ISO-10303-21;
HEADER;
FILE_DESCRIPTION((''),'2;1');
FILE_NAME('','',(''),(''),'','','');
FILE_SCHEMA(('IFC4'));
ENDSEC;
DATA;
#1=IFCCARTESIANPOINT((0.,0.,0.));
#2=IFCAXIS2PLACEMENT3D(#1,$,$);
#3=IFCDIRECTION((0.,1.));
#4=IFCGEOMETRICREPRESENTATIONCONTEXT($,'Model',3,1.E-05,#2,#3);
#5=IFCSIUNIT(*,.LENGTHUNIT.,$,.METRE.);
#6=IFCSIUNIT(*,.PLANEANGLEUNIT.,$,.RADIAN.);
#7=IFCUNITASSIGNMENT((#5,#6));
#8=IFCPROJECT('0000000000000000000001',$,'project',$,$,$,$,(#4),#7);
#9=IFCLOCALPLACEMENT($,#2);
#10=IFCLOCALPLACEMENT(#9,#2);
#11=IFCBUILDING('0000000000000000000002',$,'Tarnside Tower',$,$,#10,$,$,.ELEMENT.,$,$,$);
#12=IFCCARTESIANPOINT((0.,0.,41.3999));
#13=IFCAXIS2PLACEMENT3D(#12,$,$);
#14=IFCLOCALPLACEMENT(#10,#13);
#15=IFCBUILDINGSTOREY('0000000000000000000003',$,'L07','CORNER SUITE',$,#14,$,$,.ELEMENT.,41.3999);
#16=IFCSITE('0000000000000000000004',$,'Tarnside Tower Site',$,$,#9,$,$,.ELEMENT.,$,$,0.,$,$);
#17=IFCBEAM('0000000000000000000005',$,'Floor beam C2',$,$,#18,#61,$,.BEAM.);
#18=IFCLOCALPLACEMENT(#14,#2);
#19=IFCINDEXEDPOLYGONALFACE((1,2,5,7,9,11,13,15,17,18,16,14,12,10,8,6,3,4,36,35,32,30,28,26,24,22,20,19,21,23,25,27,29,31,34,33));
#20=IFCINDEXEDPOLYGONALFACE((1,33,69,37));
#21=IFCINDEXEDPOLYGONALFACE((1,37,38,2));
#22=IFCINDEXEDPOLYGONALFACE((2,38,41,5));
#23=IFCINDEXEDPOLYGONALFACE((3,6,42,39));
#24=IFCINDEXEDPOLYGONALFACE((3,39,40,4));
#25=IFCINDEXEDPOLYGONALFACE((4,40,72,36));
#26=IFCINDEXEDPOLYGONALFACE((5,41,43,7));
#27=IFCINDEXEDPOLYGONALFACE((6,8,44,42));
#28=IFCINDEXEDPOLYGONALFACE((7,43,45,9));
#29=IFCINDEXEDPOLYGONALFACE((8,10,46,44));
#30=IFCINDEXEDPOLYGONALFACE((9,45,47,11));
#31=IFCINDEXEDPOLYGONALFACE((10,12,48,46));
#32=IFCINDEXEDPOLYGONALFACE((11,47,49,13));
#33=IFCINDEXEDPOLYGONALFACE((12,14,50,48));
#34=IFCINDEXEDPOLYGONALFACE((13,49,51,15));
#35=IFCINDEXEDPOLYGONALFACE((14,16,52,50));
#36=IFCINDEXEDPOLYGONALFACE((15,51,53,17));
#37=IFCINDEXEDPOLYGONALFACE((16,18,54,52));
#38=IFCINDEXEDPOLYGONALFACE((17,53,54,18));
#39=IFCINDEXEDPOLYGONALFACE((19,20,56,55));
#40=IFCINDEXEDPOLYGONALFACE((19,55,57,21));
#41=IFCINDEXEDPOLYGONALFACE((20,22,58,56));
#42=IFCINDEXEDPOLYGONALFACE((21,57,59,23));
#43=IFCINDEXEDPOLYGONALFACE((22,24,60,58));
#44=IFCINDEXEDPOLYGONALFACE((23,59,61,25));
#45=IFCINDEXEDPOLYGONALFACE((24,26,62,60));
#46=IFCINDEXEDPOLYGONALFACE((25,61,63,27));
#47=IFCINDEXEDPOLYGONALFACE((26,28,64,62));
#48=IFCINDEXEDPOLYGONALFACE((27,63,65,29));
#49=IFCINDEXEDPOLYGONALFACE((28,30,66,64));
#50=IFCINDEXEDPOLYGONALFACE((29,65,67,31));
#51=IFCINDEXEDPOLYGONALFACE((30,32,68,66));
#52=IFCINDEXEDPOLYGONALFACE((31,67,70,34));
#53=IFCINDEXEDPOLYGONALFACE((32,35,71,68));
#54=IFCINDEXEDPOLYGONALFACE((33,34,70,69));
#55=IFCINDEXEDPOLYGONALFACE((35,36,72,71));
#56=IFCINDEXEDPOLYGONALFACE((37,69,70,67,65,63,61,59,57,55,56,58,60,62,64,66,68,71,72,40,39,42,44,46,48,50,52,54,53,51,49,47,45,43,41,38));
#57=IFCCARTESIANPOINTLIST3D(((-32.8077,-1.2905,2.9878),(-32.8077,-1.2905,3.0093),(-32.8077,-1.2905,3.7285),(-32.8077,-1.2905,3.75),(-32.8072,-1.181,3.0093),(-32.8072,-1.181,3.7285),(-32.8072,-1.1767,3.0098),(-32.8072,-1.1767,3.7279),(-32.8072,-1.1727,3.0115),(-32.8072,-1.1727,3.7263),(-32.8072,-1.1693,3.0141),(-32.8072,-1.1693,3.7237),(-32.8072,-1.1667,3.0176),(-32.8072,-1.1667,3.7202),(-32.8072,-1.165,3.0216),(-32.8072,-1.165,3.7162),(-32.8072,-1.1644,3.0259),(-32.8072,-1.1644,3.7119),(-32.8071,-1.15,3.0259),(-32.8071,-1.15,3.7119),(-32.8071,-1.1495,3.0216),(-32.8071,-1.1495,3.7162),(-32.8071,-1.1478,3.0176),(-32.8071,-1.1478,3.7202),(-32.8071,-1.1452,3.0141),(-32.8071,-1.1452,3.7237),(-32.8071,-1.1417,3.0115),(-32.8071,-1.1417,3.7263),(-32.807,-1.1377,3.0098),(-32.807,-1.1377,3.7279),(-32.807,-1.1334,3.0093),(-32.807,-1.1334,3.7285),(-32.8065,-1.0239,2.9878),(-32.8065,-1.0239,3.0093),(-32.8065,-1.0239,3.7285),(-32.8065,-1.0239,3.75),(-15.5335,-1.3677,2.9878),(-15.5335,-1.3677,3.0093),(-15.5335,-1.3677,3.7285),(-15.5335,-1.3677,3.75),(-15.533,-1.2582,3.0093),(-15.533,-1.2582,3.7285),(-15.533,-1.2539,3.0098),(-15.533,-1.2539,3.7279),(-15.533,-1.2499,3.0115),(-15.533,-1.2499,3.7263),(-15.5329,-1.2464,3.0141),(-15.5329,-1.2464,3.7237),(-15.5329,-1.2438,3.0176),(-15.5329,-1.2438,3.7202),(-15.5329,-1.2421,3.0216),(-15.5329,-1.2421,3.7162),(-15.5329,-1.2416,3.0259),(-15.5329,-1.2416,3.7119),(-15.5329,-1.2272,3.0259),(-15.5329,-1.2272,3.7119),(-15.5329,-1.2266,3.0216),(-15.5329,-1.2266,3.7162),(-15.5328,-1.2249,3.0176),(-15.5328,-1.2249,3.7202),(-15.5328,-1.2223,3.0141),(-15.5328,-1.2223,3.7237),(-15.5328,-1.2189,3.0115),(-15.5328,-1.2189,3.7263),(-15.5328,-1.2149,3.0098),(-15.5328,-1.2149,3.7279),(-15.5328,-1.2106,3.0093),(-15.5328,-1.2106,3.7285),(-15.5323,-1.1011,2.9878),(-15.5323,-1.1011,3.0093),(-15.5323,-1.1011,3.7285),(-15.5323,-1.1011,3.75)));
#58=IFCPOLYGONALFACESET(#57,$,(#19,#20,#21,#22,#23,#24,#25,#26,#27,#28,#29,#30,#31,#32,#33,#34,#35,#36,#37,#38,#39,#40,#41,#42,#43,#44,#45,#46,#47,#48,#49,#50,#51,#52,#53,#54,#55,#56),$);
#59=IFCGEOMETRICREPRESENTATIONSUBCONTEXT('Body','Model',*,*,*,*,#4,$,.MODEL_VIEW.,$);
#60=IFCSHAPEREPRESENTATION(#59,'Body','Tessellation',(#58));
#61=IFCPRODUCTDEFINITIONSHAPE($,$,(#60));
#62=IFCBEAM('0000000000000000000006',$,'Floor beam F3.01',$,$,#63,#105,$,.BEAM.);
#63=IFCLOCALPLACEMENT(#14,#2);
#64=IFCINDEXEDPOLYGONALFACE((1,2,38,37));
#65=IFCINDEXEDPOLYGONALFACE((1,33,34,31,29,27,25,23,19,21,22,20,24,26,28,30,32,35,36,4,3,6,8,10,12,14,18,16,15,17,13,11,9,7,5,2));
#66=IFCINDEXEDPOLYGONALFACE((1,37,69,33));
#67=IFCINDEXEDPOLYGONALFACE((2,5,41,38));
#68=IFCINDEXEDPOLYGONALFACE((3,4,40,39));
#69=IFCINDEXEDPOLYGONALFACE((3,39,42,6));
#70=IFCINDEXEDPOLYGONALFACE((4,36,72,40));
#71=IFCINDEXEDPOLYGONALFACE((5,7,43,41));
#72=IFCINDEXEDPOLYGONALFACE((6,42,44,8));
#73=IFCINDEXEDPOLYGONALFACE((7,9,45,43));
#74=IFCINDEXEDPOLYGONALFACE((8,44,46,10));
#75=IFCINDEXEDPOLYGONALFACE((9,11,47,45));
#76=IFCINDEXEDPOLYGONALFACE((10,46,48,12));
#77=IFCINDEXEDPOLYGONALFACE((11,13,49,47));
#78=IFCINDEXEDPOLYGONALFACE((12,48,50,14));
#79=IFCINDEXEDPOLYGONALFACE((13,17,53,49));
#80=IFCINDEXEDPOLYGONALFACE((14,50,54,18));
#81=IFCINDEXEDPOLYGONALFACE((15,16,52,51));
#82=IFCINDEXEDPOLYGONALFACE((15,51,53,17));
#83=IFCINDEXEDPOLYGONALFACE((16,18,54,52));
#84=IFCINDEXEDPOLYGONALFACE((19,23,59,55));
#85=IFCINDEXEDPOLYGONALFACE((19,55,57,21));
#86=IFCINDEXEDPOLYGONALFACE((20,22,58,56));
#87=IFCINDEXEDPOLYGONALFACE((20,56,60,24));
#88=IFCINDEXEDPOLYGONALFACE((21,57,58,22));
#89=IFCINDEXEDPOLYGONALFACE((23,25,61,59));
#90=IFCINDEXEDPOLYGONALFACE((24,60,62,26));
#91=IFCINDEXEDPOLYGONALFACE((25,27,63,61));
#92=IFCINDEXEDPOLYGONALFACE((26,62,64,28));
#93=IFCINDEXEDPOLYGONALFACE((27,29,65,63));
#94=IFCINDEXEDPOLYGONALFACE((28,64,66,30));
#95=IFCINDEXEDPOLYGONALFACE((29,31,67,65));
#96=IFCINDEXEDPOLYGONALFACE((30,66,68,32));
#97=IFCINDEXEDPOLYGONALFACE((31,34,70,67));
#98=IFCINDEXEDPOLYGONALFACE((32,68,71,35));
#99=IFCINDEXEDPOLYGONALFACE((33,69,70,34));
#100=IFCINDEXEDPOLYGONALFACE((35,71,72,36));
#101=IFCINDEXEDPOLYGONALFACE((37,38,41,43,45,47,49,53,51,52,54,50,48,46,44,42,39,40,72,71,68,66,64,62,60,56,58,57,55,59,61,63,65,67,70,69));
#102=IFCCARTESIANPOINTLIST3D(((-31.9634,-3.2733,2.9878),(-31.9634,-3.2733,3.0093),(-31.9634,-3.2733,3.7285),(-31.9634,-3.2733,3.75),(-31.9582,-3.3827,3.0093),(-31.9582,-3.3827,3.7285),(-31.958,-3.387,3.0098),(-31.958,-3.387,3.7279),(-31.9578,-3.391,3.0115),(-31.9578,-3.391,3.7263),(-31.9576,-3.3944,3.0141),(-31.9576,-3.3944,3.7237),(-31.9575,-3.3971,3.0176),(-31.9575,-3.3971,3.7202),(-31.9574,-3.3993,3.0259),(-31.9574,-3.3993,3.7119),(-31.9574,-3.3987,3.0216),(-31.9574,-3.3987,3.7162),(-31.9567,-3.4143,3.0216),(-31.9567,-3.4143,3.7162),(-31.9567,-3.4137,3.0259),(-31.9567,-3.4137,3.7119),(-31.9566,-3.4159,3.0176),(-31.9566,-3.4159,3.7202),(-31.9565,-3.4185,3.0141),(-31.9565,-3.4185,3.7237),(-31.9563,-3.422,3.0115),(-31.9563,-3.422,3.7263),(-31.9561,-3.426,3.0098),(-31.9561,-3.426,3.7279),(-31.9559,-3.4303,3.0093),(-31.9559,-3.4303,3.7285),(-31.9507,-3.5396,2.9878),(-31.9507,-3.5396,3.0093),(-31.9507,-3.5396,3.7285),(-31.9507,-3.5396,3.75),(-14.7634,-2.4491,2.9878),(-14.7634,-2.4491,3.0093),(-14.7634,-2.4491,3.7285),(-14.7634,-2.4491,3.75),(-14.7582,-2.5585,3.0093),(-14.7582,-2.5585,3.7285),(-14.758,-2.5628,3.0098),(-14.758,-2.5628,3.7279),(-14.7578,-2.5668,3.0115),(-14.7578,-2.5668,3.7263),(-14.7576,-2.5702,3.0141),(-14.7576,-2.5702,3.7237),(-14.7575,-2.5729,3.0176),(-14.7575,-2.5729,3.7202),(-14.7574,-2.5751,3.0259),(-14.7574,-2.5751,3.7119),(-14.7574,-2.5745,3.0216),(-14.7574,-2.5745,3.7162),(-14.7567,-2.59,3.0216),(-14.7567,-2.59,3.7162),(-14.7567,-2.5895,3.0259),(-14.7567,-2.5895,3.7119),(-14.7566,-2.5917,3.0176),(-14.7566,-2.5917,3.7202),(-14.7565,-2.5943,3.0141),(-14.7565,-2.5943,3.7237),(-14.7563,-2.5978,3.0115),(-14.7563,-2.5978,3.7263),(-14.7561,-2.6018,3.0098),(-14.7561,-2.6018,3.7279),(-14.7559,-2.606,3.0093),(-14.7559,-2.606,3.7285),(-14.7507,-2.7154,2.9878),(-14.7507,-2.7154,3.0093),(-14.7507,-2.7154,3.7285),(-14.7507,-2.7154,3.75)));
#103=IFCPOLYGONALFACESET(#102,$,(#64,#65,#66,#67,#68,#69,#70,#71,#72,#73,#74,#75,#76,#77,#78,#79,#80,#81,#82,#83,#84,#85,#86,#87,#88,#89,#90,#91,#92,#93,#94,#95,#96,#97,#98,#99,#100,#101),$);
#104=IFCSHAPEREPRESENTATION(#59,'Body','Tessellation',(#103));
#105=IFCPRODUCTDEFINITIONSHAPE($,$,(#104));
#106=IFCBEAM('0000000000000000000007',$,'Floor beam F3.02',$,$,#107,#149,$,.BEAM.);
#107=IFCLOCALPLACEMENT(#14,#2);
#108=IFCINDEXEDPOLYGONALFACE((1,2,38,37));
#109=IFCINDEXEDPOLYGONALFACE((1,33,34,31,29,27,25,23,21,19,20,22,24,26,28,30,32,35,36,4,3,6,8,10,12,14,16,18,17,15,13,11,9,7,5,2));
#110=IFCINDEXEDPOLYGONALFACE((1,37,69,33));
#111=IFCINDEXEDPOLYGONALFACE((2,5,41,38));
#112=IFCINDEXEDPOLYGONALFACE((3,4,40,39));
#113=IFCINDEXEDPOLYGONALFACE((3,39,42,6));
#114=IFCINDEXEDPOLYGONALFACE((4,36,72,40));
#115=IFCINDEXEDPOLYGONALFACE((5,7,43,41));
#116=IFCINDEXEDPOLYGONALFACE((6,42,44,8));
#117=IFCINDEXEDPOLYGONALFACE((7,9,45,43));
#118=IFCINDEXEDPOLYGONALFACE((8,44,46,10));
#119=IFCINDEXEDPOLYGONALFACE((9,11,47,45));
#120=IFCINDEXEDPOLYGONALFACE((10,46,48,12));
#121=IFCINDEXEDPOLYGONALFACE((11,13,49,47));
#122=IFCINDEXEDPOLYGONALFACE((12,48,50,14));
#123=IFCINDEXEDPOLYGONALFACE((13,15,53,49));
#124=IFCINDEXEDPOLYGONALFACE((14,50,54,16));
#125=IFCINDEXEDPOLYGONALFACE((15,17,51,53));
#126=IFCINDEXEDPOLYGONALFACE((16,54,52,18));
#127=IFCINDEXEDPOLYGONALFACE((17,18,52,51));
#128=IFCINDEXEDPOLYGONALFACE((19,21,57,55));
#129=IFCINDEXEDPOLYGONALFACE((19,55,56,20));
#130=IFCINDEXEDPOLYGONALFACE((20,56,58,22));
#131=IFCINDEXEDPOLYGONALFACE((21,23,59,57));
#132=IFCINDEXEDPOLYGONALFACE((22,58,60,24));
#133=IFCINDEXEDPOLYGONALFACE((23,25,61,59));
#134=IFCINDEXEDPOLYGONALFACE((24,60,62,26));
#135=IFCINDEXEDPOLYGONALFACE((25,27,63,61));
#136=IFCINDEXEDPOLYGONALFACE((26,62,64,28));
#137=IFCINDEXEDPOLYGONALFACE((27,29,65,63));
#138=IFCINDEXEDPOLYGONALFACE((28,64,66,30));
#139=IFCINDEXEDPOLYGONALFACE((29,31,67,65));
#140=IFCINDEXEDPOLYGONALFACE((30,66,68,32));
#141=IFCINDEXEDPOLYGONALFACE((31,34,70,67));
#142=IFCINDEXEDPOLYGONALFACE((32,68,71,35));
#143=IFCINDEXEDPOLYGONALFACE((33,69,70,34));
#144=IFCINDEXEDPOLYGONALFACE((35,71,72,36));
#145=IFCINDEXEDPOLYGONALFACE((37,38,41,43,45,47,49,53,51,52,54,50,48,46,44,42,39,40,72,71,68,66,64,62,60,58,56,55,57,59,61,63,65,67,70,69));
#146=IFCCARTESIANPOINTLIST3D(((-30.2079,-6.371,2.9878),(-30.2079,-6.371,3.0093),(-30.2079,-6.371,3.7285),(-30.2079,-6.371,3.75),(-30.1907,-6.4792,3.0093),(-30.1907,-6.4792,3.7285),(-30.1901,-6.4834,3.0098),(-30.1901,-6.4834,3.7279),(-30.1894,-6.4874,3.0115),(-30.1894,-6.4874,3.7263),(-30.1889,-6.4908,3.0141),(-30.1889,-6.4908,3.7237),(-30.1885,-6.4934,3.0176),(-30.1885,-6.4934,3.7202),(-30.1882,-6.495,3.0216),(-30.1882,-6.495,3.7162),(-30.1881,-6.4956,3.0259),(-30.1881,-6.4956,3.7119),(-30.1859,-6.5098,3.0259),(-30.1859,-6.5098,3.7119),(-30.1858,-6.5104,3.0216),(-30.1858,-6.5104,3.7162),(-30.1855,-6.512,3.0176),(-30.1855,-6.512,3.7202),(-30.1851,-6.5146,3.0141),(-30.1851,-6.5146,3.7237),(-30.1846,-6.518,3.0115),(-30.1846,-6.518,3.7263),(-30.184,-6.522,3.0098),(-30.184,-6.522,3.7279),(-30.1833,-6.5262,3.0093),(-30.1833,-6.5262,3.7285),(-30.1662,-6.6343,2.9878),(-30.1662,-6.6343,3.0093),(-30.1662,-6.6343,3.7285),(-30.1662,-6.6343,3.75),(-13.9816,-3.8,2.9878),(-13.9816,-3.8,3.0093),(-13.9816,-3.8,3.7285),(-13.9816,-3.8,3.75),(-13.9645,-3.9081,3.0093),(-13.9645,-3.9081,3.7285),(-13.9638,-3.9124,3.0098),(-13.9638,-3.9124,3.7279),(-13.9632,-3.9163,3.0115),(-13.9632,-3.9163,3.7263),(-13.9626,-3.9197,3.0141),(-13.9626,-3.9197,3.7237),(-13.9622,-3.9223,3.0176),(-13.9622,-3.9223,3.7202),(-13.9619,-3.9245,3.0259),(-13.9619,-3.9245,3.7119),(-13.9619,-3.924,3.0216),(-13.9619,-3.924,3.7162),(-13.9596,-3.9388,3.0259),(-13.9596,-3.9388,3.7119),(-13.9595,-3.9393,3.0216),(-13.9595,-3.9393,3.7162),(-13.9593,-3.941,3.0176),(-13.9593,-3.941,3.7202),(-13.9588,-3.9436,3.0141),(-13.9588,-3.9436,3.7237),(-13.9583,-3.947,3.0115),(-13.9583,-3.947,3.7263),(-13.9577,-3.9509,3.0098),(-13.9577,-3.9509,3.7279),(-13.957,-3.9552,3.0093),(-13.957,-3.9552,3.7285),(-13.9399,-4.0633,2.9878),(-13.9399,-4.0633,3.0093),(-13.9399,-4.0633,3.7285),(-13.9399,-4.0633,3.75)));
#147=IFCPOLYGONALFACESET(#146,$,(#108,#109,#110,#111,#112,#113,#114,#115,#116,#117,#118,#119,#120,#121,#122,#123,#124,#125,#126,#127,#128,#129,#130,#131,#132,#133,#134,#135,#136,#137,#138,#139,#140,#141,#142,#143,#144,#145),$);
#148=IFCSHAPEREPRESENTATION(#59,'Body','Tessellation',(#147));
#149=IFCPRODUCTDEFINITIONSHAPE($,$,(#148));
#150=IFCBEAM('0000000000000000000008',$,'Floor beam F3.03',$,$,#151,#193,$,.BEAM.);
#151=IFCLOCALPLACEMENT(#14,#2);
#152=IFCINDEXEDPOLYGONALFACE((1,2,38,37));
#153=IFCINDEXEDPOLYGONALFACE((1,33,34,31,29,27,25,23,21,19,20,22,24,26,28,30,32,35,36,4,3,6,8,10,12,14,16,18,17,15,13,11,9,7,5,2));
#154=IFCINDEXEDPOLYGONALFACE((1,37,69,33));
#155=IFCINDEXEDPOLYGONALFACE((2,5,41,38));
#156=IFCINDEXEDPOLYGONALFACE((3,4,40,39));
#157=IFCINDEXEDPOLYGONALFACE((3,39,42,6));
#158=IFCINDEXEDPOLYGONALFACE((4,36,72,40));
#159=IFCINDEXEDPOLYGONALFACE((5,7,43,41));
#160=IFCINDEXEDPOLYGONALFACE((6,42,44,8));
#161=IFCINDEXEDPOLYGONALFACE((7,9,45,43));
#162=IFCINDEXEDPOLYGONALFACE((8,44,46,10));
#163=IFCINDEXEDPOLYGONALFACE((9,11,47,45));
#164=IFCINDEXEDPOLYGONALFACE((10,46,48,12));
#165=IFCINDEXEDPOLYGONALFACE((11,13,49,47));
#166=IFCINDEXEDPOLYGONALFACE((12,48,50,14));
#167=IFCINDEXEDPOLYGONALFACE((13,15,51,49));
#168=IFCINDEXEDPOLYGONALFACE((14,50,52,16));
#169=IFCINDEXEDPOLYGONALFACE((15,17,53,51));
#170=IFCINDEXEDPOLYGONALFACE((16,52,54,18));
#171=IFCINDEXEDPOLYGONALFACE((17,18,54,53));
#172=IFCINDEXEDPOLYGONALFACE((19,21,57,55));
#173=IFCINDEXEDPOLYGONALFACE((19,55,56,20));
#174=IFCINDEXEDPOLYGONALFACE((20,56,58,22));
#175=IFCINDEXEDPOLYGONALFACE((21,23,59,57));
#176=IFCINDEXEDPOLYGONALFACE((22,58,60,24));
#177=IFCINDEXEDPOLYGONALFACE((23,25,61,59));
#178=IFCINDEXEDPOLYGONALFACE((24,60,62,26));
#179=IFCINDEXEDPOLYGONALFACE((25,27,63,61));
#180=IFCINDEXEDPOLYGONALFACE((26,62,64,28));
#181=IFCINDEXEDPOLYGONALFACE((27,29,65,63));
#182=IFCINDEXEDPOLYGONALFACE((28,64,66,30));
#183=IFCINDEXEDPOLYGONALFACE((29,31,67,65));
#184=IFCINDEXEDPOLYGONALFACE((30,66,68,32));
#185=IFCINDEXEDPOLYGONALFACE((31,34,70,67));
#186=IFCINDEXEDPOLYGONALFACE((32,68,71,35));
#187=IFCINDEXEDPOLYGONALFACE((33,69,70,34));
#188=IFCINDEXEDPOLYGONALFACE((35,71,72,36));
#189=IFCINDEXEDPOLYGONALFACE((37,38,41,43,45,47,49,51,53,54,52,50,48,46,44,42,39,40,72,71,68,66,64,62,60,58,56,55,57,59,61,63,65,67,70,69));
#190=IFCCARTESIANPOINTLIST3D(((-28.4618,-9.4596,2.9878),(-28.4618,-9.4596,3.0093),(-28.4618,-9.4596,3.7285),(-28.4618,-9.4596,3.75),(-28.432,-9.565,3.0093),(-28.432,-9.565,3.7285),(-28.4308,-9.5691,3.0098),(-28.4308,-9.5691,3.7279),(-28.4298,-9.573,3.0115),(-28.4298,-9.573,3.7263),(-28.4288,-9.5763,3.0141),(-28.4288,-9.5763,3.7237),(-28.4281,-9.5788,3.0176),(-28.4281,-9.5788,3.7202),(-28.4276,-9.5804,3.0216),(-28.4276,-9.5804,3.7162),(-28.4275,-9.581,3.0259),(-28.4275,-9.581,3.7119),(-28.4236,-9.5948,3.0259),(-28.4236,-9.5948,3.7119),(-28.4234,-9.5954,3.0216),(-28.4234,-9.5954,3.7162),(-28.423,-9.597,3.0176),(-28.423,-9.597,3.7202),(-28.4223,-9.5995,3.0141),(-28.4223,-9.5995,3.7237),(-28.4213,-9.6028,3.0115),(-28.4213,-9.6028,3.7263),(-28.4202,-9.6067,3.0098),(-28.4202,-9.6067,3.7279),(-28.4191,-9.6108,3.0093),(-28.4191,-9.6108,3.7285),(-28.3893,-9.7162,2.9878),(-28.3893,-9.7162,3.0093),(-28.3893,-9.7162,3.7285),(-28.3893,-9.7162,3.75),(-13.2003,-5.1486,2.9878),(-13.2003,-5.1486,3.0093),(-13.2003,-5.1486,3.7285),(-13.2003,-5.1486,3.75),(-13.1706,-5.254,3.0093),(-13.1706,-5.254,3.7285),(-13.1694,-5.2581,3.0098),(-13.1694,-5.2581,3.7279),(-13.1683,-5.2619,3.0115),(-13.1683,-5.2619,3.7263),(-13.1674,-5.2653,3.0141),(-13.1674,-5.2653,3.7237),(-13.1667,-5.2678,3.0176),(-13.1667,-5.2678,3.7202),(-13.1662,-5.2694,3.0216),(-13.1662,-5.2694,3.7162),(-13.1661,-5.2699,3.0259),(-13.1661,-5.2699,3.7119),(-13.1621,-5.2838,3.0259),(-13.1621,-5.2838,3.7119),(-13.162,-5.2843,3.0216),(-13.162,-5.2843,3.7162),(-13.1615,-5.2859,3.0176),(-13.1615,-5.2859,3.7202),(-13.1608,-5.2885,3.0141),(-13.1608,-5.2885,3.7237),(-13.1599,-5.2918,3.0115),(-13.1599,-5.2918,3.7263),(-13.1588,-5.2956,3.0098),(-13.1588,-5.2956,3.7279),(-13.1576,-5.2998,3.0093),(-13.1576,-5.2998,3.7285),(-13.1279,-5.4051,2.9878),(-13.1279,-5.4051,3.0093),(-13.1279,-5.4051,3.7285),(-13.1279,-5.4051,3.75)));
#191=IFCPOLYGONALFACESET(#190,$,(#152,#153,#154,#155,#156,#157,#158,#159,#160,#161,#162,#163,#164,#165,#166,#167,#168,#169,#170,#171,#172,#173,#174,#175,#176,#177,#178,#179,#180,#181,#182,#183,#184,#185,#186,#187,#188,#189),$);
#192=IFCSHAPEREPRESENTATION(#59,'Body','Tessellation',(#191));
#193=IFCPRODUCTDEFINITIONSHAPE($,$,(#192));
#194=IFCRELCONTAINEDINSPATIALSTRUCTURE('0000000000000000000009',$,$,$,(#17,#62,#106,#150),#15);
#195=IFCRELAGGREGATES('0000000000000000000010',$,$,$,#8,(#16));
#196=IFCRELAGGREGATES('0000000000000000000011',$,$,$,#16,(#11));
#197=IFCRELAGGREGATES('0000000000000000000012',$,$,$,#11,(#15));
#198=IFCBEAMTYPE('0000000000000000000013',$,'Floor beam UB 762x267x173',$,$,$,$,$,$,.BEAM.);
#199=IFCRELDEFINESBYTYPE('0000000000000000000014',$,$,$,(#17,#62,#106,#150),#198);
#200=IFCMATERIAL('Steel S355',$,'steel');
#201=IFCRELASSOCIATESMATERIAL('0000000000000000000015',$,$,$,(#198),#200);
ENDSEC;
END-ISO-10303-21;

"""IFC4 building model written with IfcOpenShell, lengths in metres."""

from ifc_helpers import new_model, si_unit, direction, frame, origin, origin_2d, place, context, subcontext, project, spatial, i_section, extrude, material, material_profile, profile_set, type_object, element, save


model = new_model("IFC4")

# Units and contexts
model_context = context("Model", 3, precision=1e-05, world=origin(), true_north=direction((0.0, 1.0)))
body_context = subcontext(model_context, "Body", "Model", "MODEL_VIEW")
ifc_project = project(units=[si_unit("LENGTHUNIT", "METRE"), si_unit("PLANEANGLEUNIT", "RADIAN")], contexts=[model_context])

# Site, building, storey
site_placement = place(None, origin())
site = spatial("IfcSite", under=ifc_project, at=site_placement, Name="Tarnside Tower Site", CompositionType="ELEMENT", RefElevation=0.0)
building_placement = place(site_placement, origin())
building = spatial("IfcBuilding", under=site, at=building_placement, Name="Tarnside Tower", CompositionType="ELEMENT")
storey_placement = place(building_placement, frame((0.0, 0.0, 41.3999)))
storey = spatial("IfcBuildingStorey", under=building, at=storey_placement, Name="L07", Description="CORNER SUITE", CompositionType="ELEMENT", Elevation=41.3999)

# Beams
ifc_material_1 = material(Name="Steel S355", Category="steel")
ifc_material_profile = material_profile(ifc_material_1, i_section(OverallWidth=0.2666, OverallDepth=0.7622, WebThickness=0.0144, FlangeThickness=0.0215, FilletRadius=0.0166, at=origin_2d()), Name="UB 762x267x173")
ifc_profile_set = profile_set([ifc_material_profile], Name="Steel S355")
beam_type = type_object("IfcBeamType", Name="Floor beam UB 762x267x173", PredefinedType="BEAM", material=ifc_profile_set)
beam_1_placement = place(storey_placement, frame((-32.8071, -1.1572, 3.3689), z_axis=(0.99999, -0.004466, 0.0), x_axis=(0.004466, 0.99999, 0.0)))
element("IfcBeam", 1, at=beam_1_placement, inside=storey, type_object=beam_type, Name="Floor beam C2", PredefinedType="BEAM", context=body_context, shape_type="SweptSolid", body=[
    extrude(i_section(OverallWidth=0.2666, OverallDepth=0.7622, WebThickness=0.0144, FlangeThickness=0.0215, FilletRadius=0.0166, at=origin_2d()), origin(), (0.0, 0.0, 1.0), 17.2744),
])
beam_2_placement = place(storey_placement, frame((-31.957, -3.4065, 3.3689), z_axis=(0.998854, 0.047865, 0.0), x_axis=(-0.047865, 0.998854, 0.0)))
element("IfcBeam", 2, at=beam_2_placement, inside=storey, type_object=beam_type, Name="Floor beam F3.01", PredefinedType="BEAM", context=body_context, shape_type="SweptSolid", body=[
    extrude(i_section(OverallWidth=0.2666, OverallDepth=0.7622, WebThickness=0.0144, FlangeThickness=0.0215, FilletRadius=0.0166, at=origin_2d()), origin(), (0.0, 0.0, 1.0), 17.2197),
])
beam_3_placement = place(storey_placement, frame((-30.187, -6.5027, 3.3689), z_axis=(0.987678, 0.156497, 0.0), x_axis=(-0.156497, 0.987678, 0.0)))
element("IfcBeam", 3, at=beam_3_placement, inside=storey, type_object=beam_type, Name="Floor beam F3.02", PredefinedType="BEAM", context=body_context, shape_type="SweptSolid", body=[
    extrude(i_section(OverallWidth=0.2666, OverallDepth=0.7622, WebThickness=0.0144, FlangeThickness=0.0215, FilletRadius=0.0166, at=origin_2d()), origin(), (0.0, 0.0, 1.0), 16.4287),
])
beam_4_placement = place(storey_placement, frame((-28.4255, -9.5879, 3.3689), z_axis=(0.962342, 0.271841, 0.0), x_axis=(-0.271841, 0.962342, 0.0)))
element("IfcBeam", 4, at=beam_4_placement, inside=storey, type_object=beam_type, Name="Floor beam F3.03", PredefinedType="BEAM", context=body_context, shape_type="SweptSolid", body=[
    extrude(i_section(OverallWidth=0.2666, OverallDepth=0.7622, WebThickness=0.0144, FlangeThickness=0.0215, FilletRadius=0.0166, at=origin_2d()), origin(), (0.0, 0.0, 1.0), 15.8586),
])

save(model, "model.ifc")
